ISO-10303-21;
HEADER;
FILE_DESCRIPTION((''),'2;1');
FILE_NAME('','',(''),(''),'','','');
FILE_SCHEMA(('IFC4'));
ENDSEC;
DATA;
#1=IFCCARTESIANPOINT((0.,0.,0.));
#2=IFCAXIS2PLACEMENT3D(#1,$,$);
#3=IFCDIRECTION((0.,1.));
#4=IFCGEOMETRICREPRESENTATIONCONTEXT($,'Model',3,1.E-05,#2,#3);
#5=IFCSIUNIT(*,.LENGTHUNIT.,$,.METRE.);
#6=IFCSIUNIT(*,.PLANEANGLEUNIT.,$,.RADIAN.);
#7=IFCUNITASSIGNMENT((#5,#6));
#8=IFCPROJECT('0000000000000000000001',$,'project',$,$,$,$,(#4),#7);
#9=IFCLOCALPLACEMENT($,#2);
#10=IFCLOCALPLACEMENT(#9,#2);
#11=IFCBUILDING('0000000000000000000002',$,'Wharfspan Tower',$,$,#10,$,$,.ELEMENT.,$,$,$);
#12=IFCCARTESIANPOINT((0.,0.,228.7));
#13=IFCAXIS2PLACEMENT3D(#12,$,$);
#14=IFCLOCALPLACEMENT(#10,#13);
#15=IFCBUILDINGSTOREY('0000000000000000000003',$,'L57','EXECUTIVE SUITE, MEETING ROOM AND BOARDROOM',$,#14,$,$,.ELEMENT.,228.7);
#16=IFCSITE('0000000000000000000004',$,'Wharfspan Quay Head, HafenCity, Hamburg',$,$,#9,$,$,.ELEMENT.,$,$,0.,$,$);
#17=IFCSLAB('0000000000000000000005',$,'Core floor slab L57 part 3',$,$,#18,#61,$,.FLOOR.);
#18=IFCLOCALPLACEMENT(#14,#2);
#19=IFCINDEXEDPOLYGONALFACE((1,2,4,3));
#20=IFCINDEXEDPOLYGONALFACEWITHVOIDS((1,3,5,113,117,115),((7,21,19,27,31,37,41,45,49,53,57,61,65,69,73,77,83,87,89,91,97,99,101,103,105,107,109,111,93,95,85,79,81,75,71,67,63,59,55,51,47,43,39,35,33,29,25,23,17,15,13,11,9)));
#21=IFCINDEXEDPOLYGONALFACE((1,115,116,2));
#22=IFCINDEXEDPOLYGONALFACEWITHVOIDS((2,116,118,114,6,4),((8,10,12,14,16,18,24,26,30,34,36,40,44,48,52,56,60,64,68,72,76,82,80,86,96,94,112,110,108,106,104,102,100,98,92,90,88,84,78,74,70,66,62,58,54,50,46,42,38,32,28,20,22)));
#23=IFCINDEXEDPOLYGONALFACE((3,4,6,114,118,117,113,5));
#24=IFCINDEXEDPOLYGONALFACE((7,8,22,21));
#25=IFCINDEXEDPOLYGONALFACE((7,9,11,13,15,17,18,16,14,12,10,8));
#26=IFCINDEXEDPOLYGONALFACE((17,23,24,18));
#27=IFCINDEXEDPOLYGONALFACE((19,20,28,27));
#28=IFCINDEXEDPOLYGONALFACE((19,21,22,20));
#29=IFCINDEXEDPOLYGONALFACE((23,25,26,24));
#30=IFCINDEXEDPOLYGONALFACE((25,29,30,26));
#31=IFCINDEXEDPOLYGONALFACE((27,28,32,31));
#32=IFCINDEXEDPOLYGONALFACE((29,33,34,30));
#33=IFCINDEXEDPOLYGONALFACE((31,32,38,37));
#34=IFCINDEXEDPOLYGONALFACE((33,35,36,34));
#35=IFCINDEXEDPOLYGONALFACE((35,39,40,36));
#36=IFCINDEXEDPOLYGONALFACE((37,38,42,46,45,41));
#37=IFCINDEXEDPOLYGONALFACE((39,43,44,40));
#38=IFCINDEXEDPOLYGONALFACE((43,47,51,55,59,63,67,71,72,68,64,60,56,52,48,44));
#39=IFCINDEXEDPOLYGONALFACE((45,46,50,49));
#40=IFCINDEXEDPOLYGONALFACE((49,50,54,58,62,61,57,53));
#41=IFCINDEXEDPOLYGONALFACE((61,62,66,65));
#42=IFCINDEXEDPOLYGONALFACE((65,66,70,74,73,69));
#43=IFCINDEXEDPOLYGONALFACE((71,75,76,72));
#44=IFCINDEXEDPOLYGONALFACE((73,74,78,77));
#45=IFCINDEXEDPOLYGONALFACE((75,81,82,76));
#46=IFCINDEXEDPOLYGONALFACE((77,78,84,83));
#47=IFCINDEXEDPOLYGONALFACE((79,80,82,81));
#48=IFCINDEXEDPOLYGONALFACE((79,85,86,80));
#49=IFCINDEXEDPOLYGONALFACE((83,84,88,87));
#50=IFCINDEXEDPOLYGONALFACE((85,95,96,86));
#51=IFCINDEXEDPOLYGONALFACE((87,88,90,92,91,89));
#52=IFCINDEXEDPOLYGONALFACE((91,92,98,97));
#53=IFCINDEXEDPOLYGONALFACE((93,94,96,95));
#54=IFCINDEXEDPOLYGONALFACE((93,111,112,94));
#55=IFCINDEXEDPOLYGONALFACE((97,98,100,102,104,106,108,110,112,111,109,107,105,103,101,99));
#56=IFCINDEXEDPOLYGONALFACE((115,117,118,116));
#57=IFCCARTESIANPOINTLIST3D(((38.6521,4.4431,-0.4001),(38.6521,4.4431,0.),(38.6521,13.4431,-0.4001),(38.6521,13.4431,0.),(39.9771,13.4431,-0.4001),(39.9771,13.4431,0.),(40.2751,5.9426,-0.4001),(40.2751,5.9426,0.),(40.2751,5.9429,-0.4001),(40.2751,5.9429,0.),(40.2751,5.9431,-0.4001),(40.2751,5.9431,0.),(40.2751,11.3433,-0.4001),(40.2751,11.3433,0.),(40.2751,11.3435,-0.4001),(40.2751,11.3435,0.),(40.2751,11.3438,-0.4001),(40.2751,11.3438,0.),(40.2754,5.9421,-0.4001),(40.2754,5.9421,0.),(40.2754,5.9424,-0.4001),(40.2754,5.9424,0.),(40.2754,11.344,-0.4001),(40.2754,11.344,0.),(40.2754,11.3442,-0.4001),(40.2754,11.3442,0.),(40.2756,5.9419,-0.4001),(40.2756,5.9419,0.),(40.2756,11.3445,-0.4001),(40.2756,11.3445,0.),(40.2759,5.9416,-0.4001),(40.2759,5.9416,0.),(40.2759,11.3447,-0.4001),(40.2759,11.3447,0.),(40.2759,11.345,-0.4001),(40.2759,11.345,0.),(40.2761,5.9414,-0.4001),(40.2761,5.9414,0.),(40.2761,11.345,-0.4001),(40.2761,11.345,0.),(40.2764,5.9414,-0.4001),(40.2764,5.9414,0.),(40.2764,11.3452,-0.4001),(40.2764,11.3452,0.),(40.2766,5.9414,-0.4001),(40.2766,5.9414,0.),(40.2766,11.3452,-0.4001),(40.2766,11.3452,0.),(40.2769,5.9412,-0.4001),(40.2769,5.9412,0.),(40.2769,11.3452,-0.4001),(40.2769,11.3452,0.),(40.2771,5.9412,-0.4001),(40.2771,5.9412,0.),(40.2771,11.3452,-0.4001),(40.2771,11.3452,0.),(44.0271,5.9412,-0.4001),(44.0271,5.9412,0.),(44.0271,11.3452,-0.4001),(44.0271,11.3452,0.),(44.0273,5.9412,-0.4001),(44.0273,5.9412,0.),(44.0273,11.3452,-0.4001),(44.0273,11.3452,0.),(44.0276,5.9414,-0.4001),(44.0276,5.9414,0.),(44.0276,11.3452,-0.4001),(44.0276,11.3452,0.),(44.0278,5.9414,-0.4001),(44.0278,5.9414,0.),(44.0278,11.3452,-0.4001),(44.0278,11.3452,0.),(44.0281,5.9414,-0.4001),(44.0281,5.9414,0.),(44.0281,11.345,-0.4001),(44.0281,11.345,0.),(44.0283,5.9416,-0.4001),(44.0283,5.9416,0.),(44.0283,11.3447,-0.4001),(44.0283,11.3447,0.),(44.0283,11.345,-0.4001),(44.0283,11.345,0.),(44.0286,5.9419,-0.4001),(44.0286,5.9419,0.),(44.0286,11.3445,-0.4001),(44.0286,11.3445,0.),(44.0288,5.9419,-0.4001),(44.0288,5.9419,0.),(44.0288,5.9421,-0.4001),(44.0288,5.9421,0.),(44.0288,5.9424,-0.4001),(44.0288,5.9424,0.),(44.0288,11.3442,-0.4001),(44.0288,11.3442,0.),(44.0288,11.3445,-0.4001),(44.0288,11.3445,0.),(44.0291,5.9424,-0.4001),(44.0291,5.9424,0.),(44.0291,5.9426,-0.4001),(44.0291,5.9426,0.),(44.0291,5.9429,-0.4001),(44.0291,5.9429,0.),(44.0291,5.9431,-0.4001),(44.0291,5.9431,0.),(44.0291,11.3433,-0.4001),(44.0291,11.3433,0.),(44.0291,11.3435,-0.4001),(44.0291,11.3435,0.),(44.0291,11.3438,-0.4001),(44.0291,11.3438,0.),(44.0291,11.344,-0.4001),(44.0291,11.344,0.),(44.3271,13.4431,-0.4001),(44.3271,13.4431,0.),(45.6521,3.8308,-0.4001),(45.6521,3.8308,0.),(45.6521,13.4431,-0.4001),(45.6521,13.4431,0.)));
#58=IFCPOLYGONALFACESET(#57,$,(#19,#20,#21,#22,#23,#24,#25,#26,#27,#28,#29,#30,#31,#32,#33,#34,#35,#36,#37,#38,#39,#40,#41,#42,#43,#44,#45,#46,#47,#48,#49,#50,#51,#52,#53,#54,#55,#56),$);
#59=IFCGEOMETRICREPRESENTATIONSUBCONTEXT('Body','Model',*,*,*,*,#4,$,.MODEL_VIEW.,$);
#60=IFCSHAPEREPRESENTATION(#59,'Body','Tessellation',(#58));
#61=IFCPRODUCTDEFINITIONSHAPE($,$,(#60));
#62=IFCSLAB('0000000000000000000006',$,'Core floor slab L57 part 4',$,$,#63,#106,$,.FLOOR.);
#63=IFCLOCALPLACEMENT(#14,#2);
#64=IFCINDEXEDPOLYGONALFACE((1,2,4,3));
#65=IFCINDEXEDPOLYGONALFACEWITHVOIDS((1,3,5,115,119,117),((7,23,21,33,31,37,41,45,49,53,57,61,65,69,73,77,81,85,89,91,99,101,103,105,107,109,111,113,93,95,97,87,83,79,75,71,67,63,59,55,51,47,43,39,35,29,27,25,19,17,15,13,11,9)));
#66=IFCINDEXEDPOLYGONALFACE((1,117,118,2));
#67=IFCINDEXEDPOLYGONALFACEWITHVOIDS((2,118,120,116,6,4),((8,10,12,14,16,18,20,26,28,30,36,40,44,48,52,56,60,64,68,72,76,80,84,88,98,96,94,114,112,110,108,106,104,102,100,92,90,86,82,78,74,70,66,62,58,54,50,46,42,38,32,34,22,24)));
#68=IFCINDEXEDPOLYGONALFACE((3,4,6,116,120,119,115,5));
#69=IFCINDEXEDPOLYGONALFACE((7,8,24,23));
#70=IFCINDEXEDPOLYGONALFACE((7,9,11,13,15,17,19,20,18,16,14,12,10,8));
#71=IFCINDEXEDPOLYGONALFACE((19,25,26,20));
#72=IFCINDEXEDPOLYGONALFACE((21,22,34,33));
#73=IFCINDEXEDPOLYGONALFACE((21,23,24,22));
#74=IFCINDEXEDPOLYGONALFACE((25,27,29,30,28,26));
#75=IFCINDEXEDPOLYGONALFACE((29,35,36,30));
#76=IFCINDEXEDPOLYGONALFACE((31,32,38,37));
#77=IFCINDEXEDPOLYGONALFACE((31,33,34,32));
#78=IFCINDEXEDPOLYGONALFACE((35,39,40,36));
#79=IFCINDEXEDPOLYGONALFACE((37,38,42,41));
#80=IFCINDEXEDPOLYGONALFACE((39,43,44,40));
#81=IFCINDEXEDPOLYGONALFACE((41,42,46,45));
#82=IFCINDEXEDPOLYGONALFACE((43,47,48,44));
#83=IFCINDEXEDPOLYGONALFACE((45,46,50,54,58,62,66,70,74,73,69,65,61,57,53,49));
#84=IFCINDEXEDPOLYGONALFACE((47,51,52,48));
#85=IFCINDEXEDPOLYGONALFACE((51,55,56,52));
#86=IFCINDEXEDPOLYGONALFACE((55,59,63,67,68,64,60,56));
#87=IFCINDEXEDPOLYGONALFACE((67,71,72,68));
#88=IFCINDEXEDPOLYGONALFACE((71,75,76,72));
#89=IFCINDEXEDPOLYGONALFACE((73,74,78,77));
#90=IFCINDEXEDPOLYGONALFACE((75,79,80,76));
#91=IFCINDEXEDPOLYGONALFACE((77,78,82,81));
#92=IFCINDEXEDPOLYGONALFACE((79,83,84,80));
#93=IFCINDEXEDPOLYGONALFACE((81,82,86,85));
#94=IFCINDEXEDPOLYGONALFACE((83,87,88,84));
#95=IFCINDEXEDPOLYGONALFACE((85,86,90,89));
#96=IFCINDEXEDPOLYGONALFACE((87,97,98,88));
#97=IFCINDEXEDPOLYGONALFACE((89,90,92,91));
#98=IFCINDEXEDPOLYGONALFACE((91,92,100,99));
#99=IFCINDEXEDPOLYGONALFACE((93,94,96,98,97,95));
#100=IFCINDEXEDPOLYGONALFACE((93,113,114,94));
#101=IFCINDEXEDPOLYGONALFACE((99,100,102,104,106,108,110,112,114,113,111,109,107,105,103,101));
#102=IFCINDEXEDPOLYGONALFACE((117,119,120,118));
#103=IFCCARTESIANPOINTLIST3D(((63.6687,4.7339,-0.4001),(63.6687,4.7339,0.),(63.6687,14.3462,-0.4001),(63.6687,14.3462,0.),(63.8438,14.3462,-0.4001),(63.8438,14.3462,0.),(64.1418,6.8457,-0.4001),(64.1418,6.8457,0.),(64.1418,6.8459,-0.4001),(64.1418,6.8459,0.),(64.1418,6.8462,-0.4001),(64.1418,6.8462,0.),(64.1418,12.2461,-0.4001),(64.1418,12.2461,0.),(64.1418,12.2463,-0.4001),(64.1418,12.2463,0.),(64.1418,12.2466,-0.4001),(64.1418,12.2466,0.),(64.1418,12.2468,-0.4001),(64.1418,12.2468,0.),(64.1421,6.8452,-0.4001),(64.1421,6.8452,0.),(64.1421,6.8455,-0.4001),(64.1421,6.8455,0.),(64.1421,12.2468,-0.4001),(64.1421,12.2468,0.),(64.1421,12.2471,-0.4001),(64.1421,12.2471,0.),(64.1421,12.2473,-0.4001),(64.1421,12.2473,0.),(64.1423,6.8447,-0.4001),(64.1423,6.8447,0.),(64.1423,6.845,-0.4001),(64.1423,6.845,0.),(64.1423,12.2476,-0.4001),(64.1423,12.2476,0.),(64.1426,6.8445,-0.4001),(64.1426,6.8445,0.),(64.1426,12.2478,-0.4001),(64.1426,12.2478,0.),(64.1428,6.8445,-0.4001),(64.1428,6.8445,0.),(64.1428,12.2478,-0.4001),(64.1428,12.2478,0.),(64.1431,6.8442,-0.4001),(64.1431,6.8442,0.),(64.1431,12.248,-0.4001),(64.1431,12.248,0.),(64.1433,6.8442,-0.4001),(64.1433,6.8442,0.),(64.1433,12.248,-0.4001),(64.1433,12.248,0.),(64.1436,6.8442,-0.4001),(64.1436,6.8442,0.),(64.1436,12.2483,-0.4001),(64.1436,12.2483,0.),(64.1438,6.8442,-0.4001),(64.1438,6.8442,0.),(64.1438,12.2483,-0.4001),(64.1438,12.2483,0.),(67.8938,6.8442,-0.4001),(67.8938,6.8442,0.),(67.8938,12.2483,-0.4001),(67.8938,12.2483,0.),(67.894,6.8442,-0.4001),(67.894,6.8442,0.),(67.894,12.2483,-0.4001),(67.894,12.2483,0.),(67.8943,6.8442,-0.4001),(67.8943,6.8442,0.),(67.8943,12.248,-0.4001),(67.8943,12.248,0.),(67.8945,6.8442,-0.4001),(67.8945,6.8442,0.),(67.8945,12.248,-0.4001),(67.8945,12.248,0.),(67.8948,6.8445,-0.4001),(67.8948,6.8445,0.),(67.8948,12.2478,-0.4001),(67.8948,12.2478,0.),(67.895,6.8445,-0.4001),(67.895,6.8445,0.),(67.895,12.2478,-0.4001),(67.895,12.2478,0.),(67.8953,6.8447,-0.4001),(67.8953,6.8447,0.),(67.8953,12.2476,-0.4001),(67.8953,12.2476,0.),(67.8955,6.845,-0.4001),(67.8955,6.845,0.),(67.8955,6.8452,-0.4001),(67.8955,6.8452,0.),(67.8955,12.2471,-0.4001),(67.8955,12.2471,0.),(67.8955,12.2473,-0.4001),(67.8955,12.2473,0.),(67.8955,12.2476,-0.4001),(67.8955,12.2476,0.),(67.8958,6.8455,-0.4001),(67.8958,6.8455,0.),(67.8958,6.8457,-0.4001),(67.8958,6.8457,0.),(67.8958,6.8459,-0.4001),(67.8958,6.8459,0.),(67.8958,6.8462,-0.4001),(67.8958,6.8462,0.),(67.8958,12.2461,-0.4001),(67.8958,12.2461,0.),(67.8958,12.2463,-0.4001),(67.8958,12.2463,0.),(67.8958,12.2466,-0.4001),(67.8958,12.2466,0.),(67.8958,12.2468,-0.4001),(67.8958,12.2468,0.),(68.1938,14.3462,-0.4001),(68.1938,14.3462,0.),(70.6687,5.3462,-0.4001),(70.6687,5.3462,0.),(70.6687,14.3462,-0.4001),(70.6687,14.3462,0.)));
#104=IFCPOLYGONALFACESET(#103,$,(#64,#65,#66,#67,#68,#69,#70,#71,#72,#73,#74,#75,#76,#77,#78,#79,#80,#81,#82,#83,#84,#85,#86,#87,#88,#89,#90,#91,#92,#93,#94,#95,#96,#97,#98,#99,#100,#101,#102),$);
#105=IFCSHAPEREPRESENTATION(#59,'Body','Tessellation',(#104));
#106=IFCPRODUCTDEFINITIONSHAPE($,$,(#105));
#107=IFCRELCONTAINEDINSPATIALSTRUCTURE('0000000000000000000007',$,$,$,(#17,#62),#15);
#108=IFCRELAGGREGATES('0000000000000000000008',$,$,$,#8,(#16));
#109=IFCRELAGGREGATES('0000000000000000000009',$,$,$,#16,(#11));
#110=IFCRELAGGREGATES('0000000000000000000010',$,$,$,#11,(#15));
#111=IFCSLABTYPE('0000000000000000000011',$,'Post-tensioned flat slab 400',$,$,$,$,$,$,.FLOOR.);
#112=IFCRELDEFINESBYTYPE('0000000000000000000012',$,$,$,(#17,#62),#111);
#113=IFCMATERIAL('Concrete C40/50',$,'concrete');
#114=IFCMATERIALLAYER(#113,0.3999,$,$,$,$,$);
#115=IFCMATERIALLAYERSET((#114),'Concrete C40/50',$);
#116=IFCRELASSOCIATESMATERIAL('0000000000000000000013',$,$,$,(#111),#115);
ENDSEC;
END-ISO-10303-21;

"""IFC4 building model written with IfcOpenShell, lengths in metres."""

from ifc_helpers import new_model, si_unit, direction, frame, origin, place, context, subcontext, project, spatial, polyline, outline, extrude, material, layer, layer_set, type_object, element, save


model = new_model("IFC4")

# Units and contexts
model_context = context("Model", 3, precision=1e-05, world=origin(), true_north=direction((0.0, 1.0)))
body_context = subcontext(model_context, "Body", "Model", "MODEL_VIEW")
ifc_project = project(units=[si_unit("LENGTHUNIT", "METRE"), si_unit("PLANEANGLEUNIT", "RADIAN")], contexts=[model_context])

# Site, building, storey
site_placement = place(None, origin())
site = spatial("IfcSite", under=ifc_project, at=site_placement, Name="Wharfspan Quay Head, HafenCity, Hamburg", CompositionType="ELEMENT", RefElevation=0.0)
building_placement = place(site_placement, origin())
building = spatial("IfcBuilding", under=site, at=building_placement, Name="Wharfspan Tower", CompositionType="ELEMENT")
storey_placement = place(building_placement, frame((0.0, 0.0, 228.7)))
storey = spatial("IfcBuildingStorey", under=building, at=storey_placement, Name="L57", Description="EXECUTIVE SUITE, MEETING ROOM AND BOARDROOM", CompositionType="ELEMENT", Elevation=228.7)

# Slabs
ifc_material_1 = material(Name="Concrete C40/50", Category="concrete")
ifc_layer_1 = layer(ifc_material_1, 0.3999)
ifc_layer_set_1 = layer_set([ifc_layer_1], Name="Concrete C40/50")
slab_type_1 = type_object("IfcSlabType", Name="Post-tensioned flat slab 400", PredefinedType="FLOOR", material=ifc_layer_set_1)
slab_1_placement = place(storey_placement, frame((0.0, 0.0, -0.4001)))
element("IfcSlab", 1, at=slab_1_placement, inside=storey, type_object=slab_type_1, Name="Core floor slab L57 part 3", PredefinedType="FLOOR", context=body_context, shape_type="SweptSolid", body=[
    extrude(outline(polyline([(44.3271, 13.4431), (39.9771, 13.4431), (38.6521, 13.4431), (38.6521, 4.4431), (45.6521, 3.8308), (45.6521, 13.4431), (44.3271, 13.4431)]), holes=[polyline([(40.2751, 11.3433), (40.2751, 11.3435), (40.2751, 11.3435), (40.2751, 11.3438), (40.2754, 11.344), (40.2754, 11.3442), (40.2754, 11.3442), (40.2756, 11.3445), (40.2756, 11.3445), (40.2759, 11.3447), (40.2759, 11.345), (40.2761, 11.345), (40.2764, 11.3452), (40.2766, 11.3452), (40.2766, 11.3452), (40.2769, 11.3452), (40.2771, 11.3452), (44.0271, 11.3452), (44.0273, 11.3452), (44.0276, 11.3452), (44.0276, 11.3452), (44.0278, 11.3452), (44.0281, 11.345), (44.0283, 11.345), (44.0283, 11.3447), (44.0286, 11.3445), (44.0288, 11.3445), (44.0288, 11.3442), (44.0288, 11.3442), (44.0291, 11.344), (44.0291, 11.3438), (44.0291, 11.3435), (44.0291, 11.3435), (44.0291, 11.3433), (44.0291, 5.9431), (44.0291, 5.9431), (44.0291, 5.9429), (44.0291, 5.9426), (44.0291, 5.9424), (44.0288, 5.9424), (44.0288, 5.9421), (44.0288, 5.9419), (44.0286, 5.9419), (44.0283, 5.9417), (44.0283, 5.9417), (44.0281, 5.9414), (44.0278, 5.9414), (44.0276, 5.9414), (44.0276, 5.9414), (44.0273, 5.9412), (44.0271, 5.9412), (40.2771, 5.9412), (40.2769, 5.9412), (40.2766, 5.9414), (40.2766, 5.9414), (40.2764, 5.9414), (40.2761, 5.9414), (40.2759, 5.9417), (40.2759, 5.9417), (40.2756, 5.9419), (40.2756, 5.9419), (40.2754, 5.9421), (40.2754, 5.9424), (40.2754, 5.9424), (40.2751, 5.9426), (40.2751, 5.9429), (40.2751, 5.9431), (40.2751, 5.9431), (40.2751, 11.3433)])]), origin(), (0.0, 0.0, 1.0), 0.4001),
])
slab_2_placement = place(storey_placement, frame((0.0, 0.0, -0.4001)))
element("IfcSlab", 2, at=slab_2_placement, inside=storey, type_object=slab_type_1, Name="Core floor slab L57 part 4", PredefinedType="FLOOR", context=body_context, shape_type="SweptSolid", body=[
    extrude(outline(polyline([(70.6687, 14.3462), (68.1938, 14.3462), (63.8438, 14.3462), (63.6687, 14.3462), (63.6687, 4.7339), (70.6687, 5.3462), (70.6687, 14.3462)]), holes=[polyline([(64.1418, 12.2461), (64.1418, 12.2463), (64.1418, 12.2466), (64.1418, 12.2468), (64.1421, 12.2468), (64.1421, 12.2471), (64.1421, 12.2473), (64.1423, 12.2476), (64.1423, 12.2476), (64.1426, 12.2478), (64.1426, 12.2478), (64.1428, 12.2478), (64.1431, 12.248), (64.1433, 12.248), (64.1433, 12.248), (64.1436, 12.2483), (64.1438, 12.2483), (67.8938, 12.2483), (67.894, 12.2483), (67.8943, 12.248), (67.8943, 12.248), (67.8945, 12.248), (67.8948, 12.2478), (67.895, 12.2478), (67.895, 12.2478), (67.8953, 12.2476), (67.8955, 12.2476), (67.8955, 12.2473), (67.8955, 12.2471), (67.8958, 12.2468), (67.8958, 12.2468), (67.8958, 12.2466), (67.8958, 12.2463), (67.8958, 12.2461), (67.8958, 6.8462), (67.8958, 6.8459), (67.8958, 6.8457), (67.8958, 6.8457), (67.8958, 6.8455), (67.8955, 6.8452), (67.8955, 6.8452), (67.8955, 6.845), (67.8953, 6.8447), (67.895, 6.8445), (67.895, 6.8445), (67.8948, 6.8445), (67.8945, 6.8442), (67.8943, 6.8442), (67.8943, 6.8442), (67.894, 6.8442), (67.8938, 6.8442), (64.1438, 6.8442), (64.1436, 6.8442), (64.1433, 6.8442), (64.1433, 6.8442), (64.1431, 6.8442), (64.1428, 6.8445), (64.1426, 6.8445), (64.1426, 6.8445), (64.1423, 6.8447), (64.1423, 6.845), (64.1421, 6.8452), (64.1421, 6.8452), (64.1421, 6.8455), (64.1418, 6.8457), (64.1418, 6.8457), (64.1418, 6.8459), (64.1418, 6.8462), (64.1418, 12.2461)])]), origin(), (0.0, 0.0, 1.0), 0.4001),
])

save(model, "model.ifc")
